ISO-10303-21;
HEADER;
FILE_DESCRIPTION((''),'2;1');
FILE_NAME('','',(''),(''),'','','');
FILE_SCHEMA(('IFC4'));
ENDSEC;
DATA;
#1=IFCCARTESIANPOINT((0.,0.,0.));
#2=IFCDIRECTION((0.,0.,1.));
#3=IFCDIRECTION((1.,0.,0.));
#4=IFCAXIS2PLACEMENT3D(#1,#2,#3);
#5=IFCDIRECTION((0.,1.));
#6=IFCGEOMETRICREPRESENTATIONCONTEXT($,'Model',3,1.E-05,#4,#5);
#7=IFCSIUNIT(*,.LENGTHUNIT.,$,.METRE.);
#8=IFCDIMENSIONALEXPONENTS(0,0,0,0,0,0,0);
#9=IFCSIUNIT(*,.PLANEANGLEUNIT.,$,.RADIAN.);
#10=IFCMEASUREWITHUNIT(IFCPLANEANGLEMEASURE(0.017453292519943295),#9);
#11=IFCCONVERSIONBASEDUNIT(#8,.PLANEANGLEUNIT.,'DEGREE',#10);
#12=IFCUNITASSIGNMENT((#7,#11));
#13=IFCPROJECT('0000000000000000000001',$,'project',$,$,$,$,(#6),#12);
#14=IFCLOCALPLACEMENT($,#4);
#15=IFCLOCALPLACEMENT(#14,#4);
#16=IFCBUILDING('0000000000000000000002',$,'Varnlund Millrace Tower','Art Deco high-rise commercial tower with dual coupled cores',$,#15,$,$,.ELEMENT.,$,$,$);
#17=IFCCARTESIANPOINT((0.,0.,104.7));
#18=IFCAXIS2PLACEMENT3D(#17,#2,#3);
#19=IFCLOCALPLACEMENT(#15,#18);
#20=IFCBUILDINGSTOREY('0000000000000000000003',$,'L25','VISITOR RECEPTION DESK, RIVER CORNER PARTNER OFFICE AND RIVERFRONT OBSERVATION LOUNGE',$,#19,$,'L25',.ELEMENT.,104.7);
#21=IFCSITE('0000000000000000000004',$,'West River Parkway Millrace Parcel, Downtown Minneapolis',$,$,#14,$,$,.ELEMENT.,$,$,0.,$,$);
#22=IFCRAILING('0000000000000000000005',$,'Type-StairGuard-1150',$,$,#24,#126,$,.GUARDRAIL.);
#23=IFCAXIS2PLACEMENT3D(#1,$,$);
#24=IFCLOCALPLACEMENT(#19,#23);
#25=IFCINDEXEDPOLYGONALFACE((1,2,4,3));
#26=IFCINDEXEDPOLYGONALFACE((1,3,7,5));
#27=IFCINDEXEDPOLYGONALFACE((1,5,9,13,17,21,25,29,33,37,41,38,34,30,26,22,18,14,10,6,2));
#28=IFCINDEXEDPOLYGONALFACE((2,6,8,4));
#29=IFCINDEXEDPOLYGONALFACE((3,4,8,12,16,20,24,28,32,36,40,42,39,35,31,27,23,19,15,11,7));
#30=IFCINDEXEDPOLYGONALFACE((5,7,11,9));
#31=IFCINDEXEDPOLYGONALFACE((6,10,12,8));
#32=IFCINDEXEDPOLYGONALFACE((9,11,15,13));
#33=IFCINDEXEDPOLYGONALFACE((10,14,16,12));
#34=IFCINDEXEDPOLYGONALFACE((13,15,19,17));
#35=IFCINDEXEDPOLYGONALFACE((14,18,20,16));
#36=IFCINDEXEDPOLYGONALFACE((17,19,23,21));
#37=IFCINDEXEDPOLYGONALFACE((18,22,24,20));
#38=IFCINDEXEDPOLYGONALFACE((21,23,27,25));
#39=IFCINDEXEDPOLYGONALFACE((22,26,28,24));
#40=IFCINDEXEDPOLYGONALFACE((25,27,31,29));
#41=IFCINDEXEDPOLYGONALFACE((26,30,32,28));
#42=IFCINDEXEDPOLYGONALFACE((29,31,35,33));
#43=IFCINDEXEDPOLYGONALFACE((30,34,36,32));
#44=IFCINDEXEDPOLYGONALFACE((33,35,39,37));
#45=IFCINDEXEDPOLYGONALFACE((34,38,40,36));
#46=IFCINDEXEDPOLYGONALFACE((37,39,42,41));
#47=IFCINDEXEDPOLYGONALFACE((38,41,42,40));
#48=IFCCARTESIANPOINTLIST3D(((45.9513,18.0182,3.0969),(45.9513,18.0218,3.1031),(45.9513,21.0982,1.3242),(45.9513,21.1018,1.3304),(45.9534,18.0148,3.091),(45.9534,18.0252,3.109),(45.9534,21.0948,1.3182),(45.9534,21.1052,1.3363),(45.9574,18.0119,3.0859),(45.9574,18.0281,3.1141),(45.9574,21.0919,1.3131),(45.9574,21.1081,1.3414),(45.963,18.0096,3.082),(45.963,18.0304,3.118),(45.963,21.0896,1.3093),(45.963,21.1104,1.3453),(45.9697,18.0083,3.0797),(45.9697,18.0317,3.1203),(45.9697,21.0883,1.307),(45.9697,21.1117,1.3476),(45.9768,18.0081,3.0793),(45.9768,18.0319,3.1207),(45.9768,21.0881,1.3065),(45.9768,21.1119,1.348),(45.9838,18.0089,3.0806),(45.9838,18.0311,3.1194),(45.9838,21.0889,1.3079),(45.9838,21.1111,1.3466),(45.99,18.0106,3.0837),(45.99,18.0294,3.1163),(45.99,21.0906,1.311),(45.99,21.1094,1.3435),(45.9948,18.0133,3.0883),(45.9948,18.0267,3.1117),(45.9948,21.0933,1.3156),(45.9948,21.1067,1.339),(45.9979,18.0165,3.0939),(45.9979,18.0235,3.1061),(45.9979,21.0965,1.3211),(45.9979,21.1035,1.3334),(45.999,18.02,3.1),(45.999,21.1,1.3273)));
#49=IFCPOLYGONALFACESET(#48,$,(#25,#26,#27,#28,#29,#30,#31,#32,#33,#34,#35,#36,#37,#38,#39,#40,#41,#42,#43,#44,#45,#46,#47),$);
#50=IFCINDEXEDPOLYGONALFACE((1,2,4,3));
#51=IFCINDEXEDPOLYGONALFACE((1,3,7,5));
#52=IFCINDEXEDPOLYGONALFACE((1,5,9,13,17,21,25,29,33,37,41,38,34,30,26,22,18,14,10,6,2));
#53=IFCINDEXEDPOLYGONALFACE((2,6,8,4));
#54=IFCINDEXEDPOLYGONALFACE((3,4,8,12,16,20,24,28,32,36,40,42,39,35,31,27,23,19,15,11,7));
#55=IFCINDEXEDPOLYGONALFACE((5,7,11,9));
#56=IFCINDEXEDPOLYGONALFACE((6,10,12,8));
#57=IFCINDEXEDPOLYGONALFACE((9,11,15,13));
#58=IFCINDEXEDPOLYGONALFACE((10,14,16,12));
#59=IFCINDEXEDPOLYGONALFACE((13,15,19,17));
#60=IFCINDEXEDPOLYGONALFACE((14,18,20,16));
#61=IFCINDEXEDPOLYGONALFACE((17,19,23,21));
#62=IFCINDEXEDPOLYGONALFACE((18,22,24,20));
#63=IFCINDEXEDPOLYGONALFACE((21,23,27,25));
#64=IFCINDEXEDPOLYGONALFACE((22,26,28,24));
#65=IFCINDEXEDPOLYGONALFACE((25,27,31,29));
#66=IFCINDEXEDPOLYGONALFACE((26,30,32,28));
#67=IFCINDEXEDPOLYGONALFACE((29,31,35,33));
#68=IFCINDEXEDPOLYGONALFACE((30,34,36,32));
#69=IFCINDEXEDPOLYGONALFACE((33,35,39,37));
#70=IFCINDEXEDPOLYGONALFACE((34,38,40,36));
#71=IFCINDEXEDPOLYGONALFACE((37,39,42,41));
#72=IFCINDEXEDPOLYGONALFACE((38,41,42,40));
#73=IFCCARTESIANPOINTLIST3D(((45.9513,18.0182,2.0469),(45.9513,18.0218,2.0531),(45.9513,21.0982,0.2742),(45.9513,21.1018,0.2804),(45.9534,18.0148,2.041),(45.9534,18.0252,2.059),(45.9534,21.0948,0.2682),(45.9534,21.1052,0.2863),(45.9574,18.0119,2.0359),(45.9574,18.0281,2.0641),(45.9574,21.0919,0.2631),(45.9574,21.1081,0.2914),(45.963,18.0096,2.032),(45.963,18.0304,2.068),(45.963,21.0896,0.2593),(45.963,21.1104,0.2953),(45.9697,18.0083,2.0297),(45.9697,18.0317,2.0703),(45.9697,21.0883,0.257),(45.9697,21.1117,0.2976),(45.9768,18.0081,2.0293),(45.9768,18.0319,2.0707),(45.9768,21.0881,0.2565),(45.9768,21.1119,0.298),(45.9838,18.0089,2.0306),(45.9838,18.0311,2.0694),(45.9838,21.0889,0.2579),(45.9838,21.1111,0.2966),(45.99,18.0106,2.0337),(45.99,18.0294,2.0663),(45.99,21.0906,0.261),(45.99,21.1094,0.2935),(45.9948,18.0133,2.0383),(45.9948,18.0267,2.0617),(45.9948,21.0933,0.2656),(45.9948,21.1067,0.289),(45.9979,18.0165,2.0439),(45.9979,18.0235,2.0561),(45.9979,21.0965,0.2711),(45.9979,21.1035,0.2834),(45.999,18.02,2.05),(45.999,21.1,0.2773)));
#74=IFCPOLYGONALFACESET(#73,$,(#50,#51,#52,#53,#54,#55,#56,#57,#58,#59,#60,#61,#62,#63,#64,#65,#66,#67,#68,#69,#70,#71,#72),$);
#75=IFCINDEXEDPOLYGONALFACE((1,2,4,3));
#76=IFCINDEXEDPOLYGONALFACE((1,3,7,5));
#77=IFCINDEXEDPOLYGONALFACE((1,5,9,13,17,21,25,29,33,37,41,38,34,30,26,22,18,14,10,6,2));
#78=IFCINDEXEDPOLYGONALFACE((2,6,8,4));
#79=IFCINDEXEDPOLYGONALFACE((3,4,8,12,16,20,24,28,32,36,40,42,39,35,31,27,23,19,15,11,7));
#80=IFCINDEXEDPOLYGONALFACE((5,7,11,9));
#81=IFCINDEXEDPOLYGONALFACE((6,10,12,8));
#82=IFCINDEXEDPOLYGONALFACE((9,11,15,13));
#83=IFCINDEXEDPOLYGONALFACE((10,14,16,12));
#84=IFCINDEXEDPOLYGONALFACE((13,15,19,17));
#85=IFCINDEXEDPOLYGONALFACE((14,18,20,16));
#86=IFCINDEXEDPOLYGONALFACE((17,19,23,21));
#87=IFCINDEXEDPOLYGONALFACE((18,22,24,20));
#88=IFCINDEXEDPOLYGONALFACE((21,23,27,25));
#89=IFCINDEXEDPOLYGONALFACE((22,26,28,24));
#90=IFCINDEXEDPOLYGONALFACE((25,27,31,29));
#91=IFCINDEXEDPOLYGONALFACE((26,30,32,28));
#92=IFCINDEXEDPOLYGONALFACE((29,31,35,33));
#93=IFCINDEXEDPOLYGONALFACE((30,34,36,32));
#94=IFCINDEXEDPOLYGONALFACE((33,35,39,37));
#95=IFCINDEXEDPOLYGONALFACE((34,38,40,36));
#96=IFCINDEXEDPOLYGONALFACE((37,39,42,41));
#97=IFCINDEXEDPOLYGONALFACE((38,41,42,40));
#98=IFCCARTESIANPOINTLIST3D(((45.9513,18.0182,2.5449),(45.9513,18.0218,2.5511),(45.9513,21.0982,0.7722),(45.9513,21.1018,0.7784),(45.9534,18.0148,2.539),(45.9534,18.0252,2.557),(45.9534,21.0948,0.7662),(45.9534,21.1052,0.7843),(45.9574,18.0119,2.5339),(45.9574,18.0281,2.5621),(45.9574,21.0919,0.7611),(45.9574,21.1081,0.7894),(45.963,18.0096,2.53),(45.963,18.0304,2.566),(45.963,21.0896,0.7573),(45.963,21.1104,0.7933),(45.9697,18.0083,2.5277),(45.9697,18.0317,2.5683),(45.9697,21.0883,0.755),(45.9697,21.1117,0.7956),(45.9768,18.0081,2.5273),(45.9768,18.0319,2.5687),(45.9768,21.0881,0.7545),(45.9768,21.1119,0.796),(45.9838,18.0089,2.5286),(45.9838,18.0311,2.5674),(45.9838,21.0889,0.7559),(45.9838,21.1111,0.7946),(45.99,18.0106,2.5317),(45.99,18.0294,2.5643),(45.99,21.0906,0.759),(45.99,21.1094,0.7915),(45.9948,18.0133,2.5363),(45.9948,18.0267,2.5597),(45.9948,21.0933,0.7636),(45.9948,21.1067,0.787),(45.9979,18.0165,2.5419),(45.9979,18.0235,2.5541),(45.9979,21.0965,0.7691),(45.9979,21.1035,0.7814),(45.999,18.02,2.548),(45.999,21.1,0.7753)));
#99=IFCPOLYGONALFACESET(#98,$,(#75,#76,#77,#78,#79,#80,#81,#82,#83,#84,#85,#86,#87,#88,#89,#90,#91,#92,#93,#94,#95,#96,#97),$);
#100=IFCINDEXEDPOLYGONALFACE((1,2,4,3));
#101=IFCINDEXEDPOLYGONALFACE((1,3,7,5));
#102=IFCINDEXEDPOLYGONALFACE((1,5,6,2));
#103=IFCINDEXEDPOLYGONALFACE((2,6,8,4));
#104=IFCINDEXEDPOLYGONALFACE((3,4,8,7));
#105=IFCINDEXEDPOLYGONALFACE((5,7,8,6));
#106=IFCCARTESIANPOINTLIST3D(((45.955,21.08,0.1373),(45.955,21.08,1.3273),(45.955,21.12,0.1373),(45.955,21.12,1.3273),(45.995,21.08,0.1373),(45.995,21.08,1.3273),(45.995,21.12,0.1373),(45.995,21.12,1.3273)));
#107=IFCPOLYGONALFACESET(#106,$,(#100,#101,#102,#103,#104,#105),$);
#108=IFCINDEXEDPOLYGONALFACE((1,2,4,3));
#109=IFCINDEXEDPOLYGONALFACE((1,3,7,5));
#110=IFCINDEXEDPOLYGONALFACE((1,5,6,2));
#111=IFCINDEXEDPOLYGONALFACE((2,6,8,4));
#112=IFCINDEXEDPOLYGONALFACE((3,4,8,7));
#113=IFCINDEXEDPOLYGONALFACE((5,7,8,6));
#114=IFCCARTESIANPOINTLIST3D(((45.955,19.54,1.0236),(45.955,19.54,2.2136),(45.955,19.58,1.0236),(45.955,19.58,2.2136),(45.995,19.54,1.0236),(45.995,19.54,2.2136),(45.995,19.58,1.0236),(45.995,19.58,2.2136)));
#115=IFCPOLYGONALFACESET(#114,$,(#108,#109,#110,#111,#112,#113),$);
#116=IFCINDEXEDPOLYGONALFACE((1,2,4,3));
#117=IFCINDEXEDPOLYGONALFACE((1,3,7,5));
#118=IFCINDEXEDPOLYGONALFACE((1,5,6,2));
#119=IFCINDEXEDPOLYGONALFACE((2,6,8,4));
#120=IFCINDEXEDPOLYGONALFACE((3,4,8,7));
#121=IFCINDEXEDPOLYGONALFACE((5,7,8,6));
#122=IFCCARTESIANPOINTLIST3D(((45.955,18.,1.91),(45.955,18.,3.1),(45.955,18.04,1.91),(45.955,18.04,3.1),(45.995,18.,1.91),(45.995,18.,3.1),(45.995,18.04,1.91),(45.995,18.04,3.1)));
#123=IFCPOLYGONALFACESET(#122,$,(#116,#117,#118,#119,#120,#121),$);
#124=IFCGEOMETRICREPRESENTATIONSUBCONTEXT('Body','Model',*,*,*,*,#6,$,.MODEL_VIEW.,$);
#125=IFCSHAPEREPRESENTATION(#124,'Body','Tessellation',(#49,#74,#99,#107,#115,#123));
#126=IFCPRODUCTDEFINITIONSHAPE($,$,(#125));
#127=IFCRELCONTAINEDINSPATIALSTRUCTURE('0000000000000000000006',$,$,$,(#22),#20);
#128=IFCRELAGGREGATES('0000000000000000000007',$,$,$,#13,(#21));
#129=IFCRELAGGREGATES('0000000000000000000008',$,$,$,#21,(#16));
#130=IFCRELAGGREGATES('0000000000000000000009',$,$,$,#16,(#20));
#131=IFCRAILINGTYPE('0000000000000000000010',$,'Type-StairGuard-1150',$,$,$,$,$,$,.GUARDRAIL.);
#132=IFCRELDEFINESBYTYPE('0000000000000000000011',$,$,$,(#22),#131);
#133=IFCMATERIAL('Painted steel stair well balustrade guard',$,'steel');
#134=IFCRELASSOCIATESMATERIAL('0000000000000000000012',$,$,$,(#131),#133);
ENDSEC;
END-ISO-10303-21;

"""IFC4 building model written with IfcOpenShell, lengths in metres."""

from ifc_helpers import new_model, entity, si_unit, converted_unit, direction, frame, origin_with_axes, origin_2d_with_axis, place, context, subcontext, project, spatial, rectangle, circle, extrude, material, type_object, element, save


model = new_model("IFC4")

# Units and contexts
model_context = context("Model", 3, precision=1e-05, world=origin_with_axes(), true_north=direction((0.0, 1.0)))
body_context = subcontext(model_context, "Body", "Model", "MODEL_VIEW")
ifc_project = project(units=[si_unit("LENGTHUNIT", "METRE"), converted_unit("PLANEANGLEUNIT", "DEGREE", entity("IfcPlaneAngleMeasure", 0.017453292519943295), si_unit("PLANEANGLEUNIT", "RADIAN"), dimensions=[0, 0, 0, 0, 0, 0, 0])], contexts=[model_context])

# Site, building, storey
site_placement = place(None, origin_with_axes())
site = spatial("IfcSite", under=ifc_project, at=site_placement, Name="West River Parkway Millrace Parcel, Downtown Minneapolis", CompositionType="ELEMENT", RefElevation=0.0)
building_placement = place(site_placement, origin_with_axes())
building = spatial("IfcBuilding", under=site, at=building_placement, Name="Varnlund Millrace Tower", Description="Art Deco high-rise commercial tower with dual coupled cores", CompositionType="ELEMENT")
storey_placement = place(building_placement, frame((0.0, 0.0, 104.7), z_axis=(0.0, 0.0, 1.0), x_axis=(1.0, 0.0, 0.0)))
storey = spatial("IfcBuildingStorey", under=building, at=storey_placement, Name="L25", Description="VISITOR RECEPTION DESK, RIVER CORNER PARTNER OFFICE AND RIVERFRONT OBSERVATION LOUNGE", LongName="L25", CompositionType="ELEMENT", Elevation=104.7)

# Railing
ifc_material_1 = material(Name="Painted steel stair well balustrade guard", Category="steel")
railing_type_1 = type_object("IfcRailingType", Name="Type-StairGuard-1150", PredefinedType="GUARDRAIL", material=ifc_material_1)
railing_1_placement = place(storey_placement, frame((0.0, 0.0, -104.7), z_axis=(0.0, 0.0, 1.0), x_axis=(1.0, 0.0, 0.0)))
element("IfcRailing", 1, at=railing_1_placement, inside=storey, type_object=railing_type_1, Name="Type-StairGuard-1150", PredefinedType="GUARDRAIL", context=body_context, shape_type="SweptSolid", body=[
    extrude(circle(Radius=0.024, at=origin_2d_with_axis()), frame((45.975, 21.1, 106.0273), z_axis=(0.0, -0.866696, 0.498836), x_axis=(1.0, 0.0, 0.0)), (0.0, 0.0, 1.0), 3.5537),
    extrude(circle(Radius=0.024, at=origin_2d_with_axis()), frame((45.975, 21.1, 104.9773), z_axis=(0.0, -0.866696, 0.498836), x_axis=(1.0, 0.0, 0.0)), (0.0, 0.0, 1.0), 3.5537),
    extrude(circle(Radius=0.024, at=origin_2d_with_axis()), frame((45.975, 21.1, 105.4753), z_axis=(0.0, -0.866696, 0.498836), x_axis=(1.0, 0.0, 0.0)), (0.0, 0.0, 1.0), 3.5537),
    extrude(rectangle(XDim=0.04, YDim=0.04, at=origin_2d_with_axis()), frame((45.975, 21.1, 104.8373), z_axis=(0.0, 0.0, 1.0), x_axis=(1.0, 0.0, 0.0)), (0.0, 0.0, 1.0), 1.19),
    extrude(rectangle(XDim=0.04, YDim=0.04, at=origin_2d_with_axis()), frame((45.975, 19.56, 105.7236), z_axis=(0.0, 0.0, 1.0), x_axis=(1.0, 0.0, 0.0)), (0.0, 0.0, 1.0), 1.19),
    extrude(rectangle(XDim=0.04, YDim=0.04, at=origin_2d_with_axis()), frame((45.975, 18.02, 106.61), z_axis=(0.0, 0.0, 1.0), x_axis=(1.0, 0.0, 0.0)), (0.0, 0.0, 1.0), 1.19),
])

save(model, "model.ifc")
